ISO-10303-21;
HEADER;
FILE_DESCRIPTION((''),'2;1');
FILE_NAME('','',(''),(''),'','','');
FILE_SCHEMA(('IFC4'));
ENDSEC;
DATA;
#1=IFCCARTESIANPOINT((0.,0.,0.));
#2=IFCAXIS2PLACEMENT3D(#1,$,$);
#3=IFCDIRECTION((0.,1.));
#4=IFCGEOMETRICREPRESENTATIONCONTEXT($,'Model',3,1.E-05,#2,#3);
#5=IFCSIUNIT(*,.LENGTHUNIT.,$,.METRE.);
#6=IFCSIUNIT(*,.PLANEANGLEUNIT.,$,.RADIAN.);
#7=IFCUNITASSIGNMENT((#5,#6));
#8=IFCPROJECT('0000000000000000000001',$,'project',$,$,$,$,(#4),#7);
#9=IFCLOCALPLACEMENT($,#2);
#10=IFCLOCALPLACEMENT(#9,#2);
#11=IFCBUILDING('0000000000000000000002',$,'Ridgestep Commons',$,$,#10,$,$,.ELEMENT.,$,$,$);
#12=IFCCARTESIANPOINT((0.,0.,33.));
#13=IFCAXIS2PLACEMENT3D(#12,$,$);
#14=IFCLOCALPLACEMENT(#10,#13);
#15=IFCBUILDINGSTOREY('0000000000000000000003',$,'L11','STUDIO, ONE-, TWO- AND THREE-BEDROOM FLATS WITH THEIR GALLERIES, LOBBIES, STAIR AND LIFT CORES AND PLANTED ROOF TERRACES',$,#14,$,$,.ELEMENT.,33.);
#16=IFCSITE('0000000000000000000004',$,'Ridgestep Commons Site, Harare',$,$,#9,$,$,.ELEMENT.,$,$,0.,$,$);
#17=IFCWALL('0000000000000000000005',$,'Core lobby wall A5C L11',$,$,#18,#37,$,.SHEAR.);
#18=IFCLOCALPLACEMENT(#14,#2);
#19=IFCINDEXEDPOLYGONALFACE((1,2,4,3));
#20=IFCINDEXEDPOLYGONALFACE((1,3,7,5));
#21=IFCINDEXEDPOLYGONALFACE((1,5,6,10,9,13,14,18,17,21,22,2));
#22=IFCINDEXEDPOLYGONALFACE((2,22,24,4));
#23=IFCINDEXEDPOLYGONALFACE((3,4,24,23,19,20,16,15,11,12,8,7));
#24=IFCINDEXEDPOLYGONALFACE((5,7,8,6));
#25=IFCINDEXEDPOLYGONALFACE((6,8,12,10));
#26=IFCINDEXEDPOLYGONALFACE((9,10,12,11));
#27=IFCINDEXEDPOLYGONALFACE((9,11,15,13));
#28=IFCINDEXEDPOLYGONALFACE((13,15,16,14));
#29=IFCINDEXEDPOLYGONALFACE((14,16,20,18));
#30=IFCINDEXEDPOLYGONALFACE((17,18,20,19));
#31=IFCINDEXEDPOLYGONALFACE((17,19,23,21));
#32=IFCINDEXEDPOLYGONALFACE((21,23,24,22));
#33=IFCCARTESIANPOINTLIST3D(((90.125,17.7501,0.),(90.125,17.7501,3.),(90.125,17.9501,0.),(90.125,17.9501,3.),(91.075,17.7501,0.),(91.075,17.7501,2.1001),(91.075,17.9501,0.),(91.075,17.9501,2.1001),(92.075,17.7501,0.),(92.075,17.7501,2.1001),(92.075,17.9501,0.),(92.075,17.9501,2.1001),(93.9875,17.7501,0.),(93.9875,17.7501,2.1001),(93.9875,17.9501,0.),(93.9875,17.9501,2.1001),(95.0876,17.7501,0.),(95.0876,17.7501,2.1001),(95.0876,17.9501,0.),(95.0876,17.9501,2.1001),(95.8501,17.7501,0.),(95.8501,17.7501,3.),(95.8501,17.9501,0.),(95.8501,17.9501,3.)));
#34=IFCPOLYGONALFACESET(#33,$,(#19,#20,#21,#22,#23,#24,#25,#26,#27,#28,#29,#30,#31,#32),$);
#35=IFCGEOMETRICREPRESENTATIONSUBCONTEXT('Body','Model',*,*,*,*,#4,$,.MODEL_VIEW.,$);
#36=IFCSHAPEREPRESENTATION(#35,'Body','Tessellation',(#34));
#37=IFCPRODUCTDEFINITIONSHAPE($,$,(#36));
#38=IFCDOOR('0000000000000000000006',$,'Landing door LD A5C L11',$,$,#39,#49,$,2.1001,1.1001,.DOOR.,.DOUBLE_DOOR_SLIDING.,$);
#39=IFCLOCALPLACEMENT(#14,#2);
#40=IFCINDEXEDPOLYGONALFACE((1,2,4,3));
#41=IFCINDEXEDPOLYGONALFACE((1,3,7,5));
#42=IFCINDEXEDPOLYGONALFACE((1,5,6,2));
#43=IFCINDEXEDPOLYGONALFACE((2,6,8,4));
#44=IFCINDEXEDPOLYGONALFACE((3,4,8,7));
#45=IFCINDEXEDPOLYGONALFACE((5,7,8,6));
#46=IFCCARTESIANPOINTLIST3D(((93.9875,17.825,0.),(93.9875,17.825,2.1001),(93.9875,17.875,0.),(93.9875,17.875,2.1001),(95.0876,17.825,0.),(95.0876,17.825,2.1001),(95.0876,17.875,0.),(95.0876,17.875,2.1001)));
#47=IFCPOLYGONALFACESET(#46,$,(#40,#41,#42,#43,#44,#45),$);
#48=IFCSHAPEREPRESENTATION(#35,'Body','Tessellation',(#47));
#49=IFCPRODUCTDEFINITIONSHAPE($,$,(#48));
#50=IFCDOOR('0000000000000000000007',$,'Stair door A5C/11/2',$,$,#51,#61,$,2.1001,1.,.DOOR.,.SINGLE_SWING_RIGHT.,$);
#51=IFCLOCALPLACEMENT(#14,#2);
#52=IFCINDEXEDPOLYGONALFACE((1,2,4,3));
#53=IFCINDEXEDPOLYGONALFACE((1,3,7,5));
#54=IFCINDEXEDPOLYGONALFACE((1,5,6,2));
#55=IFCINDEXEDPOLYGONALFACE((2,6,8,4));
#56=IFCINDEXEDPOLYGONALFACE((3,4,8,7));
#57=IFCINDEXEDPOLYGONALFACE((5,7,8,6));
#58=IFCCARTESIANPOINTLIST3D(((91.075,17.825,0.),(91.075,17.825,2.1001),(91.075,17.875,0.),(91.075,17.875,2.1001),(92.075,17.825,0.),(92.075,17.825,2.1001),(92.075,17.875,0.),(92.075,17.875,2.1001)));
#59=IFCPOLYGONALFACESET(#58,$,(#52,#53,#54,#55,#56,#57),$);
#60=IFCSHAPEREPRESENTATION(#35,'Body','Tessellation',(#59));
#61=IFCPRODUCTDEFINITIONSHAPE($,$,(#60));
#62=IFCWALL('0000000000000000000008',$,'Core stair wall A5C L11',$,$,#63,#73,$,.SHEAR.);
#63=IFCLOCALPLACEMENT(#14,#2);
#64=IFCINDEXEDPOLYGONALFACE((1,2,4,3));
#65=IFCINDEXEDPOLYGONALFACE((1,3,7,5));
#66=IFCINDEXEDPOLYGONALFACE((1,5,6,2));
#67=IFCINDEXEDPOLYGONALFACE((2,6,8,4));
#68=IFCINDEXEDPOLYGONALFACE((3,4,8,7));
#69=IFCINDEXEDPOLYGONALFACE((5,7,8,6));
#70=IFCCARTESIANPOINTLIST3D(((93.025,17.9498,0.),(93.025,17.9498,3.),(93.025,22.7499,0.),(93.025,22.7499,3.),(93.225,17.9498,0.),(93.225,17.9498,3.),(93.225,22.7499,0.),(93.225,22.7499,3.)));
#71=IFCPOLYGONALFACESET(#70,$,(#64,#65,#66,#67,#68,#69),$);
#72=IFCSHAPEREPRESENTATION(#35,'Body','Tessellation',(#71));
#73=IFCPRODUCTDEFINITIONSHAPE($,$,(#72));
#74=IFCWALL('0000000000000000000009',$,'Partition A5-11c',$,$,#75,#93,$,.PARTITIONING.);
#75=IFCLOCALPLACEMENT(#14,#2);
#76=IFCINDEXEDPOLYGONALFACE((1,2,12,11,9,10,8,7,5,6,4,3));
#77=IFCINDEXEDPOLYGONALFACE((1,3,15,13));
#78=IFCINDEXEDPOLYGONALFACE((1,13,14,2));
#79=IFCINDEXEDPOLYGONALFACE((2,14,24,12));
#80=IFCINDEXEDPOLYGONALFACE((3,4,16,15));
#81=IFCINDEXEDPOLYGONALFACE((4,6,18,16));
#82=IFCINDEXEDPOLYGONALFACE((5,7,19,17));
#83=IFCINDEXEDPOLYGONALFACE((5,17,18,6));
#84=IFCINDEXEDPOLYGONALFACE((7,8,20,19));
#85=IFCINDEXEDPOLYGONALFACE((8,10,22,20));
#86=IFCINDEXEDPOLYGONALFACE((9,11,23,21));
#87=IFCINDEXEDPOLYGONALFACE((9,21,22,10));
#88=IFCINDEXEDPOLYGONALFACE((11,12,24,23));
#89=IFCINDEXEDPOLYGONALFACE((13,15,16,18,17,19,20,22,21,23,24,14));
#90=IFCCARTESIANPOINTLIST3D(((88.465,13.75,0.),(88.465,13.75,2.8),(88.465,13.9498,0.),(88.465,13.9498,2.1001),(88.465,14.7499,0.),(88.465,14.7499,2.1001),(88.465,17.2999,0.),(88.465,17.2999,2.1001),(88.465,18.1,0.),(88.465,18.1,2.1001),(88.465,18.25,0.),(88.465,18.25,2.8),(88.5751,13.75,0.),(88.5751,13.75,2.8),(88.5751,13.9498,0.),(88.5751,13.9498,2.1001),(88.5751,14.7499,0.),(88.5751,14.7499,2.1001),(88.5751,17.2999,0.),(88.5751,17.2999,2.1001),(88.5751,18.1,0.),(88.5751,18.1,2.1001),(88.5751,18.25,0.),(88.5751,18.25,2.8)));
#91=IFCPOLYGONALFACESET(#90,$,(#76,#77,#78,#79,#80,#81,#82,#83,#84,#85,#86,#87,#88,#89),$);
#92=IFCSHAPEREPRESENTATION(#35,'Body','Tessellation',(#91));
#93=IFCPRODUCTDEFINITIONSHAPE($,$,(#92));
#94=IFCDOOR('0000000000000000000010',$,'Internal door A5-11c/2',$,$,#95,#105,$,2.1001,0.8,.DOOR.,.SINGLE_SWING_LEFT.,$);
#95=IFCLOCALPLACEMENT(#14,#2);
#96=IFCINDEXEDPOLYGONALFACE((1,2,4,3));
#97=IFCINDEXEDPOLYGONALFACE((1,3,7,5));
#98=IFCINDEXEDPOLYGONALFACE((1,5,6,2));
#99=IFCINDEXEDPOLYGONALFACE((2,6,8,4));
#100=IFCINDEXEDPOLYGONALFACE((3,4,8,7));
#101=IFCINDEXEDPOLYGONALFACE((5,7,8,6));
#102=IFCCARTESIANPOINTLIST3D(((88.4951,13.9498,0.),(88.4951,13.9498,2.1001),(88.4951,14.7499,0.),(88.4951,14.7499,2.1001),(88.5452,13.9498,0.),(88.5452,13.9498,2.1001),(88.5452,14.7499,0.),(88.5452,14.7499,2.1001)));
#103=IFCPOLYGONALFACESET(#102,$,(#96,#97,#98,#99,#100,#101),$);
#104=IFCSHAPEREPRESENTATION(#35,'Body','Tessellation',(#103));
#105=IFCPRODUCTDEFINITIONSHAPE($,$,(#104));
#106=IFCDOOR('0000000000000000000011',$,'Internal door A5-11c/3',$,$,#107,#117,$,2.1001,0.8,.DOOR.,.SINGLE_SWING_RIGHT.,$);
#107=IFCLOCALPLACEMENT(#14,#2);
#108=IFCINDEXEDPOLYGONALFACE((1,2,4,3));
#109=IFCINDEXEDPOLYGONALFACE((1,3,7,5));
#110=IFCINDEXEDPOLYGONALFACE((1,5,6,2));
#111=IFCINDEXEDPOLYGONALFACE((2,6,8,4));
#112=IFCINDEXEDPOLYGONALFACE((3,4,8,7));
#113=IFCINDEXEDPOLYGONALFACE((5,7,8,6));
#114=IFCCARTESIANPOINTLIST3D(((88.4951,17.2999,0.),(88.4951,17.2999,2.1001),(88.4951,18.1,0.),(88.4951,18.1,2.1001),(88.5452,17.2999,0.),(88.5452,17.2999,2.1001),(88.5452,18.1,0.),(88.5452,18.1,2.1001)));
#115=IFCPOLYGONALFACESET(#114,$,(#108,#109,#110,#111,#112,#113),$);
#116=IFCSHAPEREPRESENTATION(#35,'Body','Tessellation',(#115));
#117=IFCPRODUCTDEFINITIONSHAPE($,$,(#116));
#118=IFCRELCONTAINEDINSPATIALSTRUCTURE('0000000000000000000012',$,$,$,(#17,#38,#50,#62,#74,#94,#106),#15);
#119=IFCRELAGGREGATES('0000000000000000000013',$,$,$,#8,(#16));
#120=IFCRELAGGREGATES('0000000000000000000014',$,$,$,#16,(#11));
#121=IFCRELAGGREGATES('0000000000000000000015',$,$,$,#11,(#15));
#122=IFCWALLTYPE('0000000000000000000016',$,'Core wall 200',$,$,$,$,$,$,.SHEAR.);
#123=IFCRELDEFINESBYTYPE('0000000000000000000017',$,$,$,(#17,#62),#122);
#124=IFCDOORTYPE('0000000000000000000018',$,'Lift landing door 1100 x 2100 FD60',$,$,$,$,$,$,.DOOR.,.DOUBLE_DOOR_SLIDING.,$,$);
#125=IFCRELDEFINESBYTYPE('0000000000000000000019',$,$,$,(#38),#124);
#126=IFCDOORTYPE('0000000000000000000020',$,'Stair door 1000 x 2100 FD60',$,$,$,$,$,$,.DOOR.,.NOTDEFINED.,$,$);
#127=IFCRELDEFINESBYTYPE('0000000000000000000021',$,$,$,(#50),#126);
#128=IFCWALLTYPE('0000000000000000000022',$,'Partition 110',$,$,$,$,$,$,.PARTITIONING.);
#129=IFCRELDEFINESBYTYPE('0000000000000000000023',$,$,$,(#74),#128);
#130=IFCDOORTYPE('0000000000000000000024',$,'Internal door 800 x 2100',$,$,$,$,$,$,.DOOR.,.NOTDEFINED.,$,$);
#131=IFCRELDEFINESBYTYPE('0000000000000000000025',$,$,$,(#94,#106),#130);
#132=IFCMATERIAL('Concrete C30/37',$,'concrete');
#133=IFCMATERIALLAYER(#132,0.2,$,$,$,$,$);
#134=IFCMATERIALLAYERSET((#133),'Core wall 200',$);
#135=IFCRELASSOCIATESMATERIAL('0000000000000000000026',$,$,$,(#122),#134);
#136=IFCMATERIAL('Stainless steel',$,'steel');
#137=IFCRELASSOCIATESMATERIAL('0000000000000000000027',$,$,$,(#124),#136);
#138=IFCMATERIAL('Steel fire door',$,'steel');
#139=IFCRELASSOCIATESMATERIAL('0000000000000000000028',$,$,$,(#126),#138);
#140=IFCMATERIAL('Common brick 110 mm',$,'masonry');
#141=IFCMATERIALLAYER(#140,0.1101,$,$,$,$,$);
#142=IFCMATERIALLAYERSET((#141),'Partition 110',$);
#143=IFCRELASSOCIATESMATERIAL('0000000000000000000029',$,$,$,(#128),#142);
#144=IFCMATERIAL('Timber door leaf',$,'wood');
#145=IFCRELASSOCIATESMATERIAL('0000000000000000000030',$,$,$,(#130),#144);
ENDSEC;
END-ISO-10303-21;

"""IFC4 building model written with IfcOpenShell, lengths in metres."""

from ifc_helpers import new_model, si_unit, direction, frame, frame_2d, origin, place, context, subcontext, project, spatial, rectangle, extrude, material, layer, layer_set, type_object, element, fill, save


model = new_model("IFC4")

# Units and contexts
model_context = context("Model", 3, precision=1e-05, world=origin(), true_north=direction((0.0, 1.0)))
body_context = subcontext(model_context, "Body", "Model", "MODEL_VIEW")
ifc_project = project(units=[si_unit("LENGTHUNIT", "METRE"), si_unit("PLANEANGLEUNIT", "RADIAN")], contexts=[model_context])

# Site, building, storey
site_placement = place(None, origin())
site = spatial("IfcSite", under=ifc_project, at=site_placement, Name="Ridgestep Commons Site, Harare", CompositionType="ELEMENT", RefElevation=0.0)
building_placement = place(site_placement, origin())
building = spatial("IfcBuilding", under=site, at=building_placement, Name="Ridgestep Commons", CompositionType="ELEMENT")
storey_placement = place(building_placement, frame((0.0, 0.0, 33.0)))
storey = spatial("IfcBuildingStorey", under=building, at=storey_placement, Name="L11", Description="STUDIO, ONE-, TWO- AND THREE-BEDROOM FLATS WITH THEIR GALLERIES, LOBBIES, STAIR AND LIFT CORES AND PLANTED ROOF TERRACES", CompositionType="ELEMENT", Elevation=33.0)

# Wall, openings, doors
ifc_material_1 = material(Name="Concrete C30/37", Category="concrete")
ifc_layer_1 = layer(ifc_material_1, 0.2)
ifc_layer_set_1 = layer_set([ifc_layer_1], Name="Core wall 200")
wall_type_1 = type_object("IfcWallType", Name="Core wall 200", PredefinedType="SHEAR", material=ifc_layer_set_1)
wall_1_placement = place(storey_placement, frame((90.125, 17.8501, 0.0), z_axis=(0.0, 0.0, 1.0), x_axis=(1.0, 0.0, 0.0)))
wall_1 = element("IfcWall", 1, at=wall_1_placement, inside=storey, type_object=wall_type_1, Name="Core lobby wall A5C L11", PredefinedType="SHEAR", context=body_context, shape_type="SweptSolid", body=[
    extrude(rectangle(XDim=5.7251, YDim=0.2, at=frame_2d((2.8625, 0.0))), origin(), (0.0, 0.0, 1.0), 3.0),
])
opening_1_placement = place(wall_1_placement, frame((0.95, 0.0, 0.0)))
opening_1 = element("IfcOpeningElement", 2, at=opening_1_placement, cuts=wall_1, PredefinedType="OPENING", context=body_context, shape_type="SweptSolid", body=[
    extrude(rectangle(XDim=1.0, YDim=2.1001, at=frame_2d((0.5, 1.05))), frame((0.0, 0.1099, 0.0), z_axis=(0.0, -1.0, 0.0), x_axis=(1.0, 0.0, 0.0)), (0.0, 0.0, 1.0), 0.22),
])
opening_2_placement = place(wall_1_placement, frame((3.8625, 0.0, 0.0)))
opening_2 = element("IfcOpeningElement", 3, at=opening_2_placement, cuts=wall_1, PredefinedType="OPENING", context=body_context, shape_type="SweptSolid", body=[
    extrude(rectangle(XDim=1.1001, YDim=2.1001, at=frame_2d((0.55, 1.05))), frame((0.0, 0.1099, 0.0), z_axis=(0.0, -1.0, 0.0), x_axis=(1.0, 0.0, 0.0)), (0.0, 0.0, 1.0), 0.22),
])
ifc_material_2 = material(Name="Stainless steel", Category="steel")
door_type_1 = type_object("IfcDoorType", Name="Lift landing door 1100 x 2100 FD60", OperationType="DOUBLE_DOOR_SLIDING", PredefinedType="DOOR", material=ifc_material_2)
door_1_placement = place(opening_2_placement, origin())
door_1 = element("IfcDoor", 4, at=door_1_placement, inside=storey, type_object=door_type_1, Name="Landing door LD A5C L11", OperationType="DOUBLE_DOOR_SLIDING", OverallHeight=2.1001, OverallWidth=1.1001, PredefinedType="DOOR", context=body_context, shape_type="SweptSolid", body=[
    extrude(rectangle(XDim=1.1001, YDim=2.1001, at=frame_2d((0.55, 1.05))), frame((0.0, 0.0249, 0.0), z_axis=(0.0, -1.0, 0.0), x_axis=(1.0, 0.0, 0.0)), (0.0, 0.0, 1.0), 0.05),
])
fill(opening_2, door_1)
ifc_material_3 = material(Name="Steel fire door", Category="steel")
door_type_2 = type_object("IfcDoorType", Name="Stair door 1000 x 2100 FD60", OperationType="NOTDEFINED", PredefinedType="DOOR", material=ifc_material_3)
door_2_placement = place(opening_1_placement, origin())
door_2 = element("IfcDoor", 5, at=door_2_placement, inside=storey, type_object=door_type_2, Name="Stair door A5C/11/2", OperationType="SINGLE_SWING_RIGHT", OverallHeight=2.1001, OverallWidth=1.0, PredefinedType="DOOR", context=body_context, shape_type="SweptSolid", body=[
    extrude(rectangle(XDim=1.0, YDim=2.1001, at=frame_2d((0.5, 1.05))), frame((0.0, 0.0249, 0.0), z_axis=(0.0, -1.0, 0.0), x_axis=(1.0, 0.0, 0.0)), (0.0, 0.0, 1.0), 0.05),
])
fill(opening_1, door_2)

# Wall
wall_2_placement = place(storey_placement, frame((93.125, 17.95, 0.0), z_axis=(0.0, 0.0, 1.0), x_axis=(0.0, 1.0, 0.0)))
element("IfcWall", 6, at=wall_2_placement, inside=storey, type_object=wall_type_1, Name="Core stair wall A5C L11", PredefinedType="SHEAR", context=body_context, shape_type="SweptSolid", body=[
    extrude(rectangle(XDim=4.8, YDim=0.2, at=frame_2d((2.3999, 0.0))), origin(), (0.0, 0.0, 1.0), 3.0),
])

# Wall, openings, doors
ifc_material_4 = material(Name="Common brick 110 mm", Category="masonry")
ifc_layer_2 = layer(ifc_material_4, 0.1101)
ifc_layer_set_2 = layer_set([ifc_layer_2], Name="Partition 110")
wall_type_2 = type_object("IfcWallType", Name="Partition 110", PredefinedType="PARTITIONING", material=ifc_layer_set_2)
wall_3_placement = place(storey_placement, frame((88.52, 13.75, 0.0), z_axis=(0.0, 0.0, 1.0), x_axis=(0.0, 1.0, 0.0)))
wall_3 = element("IfcWall", 7, at=wall_3_placement, inside=storey, type_object=wall_type_2, Name="Partition A5-11c", PredefinedType="PARTITIONING", context=body_context, shape_type="SweptSolid", body=[
    extrude(rectangle(XDim=4.5, YDim=0.1101, at=frame_2d((2.25, 0.0))), origin(), (0.0, 0.0, 1.0), 2.8),
])
opening_3_placement = place(wall_3_placement, frame((0.2, 0.0, 0.0)))
opening_3 = element("IfcOpeningElement", 8, at=opening_3_placement, cuts=wall_3, PredefinedType="OPENING", context=body_context, shape_type="SweptSolid", body=[
    extrude(rectangle(XDim=0.8, YDim=2.1001, at=frame_2d((0.3999, 1.05))), frame((0.0, 0.0649, 0.0), z_axis=(0.0, -1.0, 0.0), x_axis=(1.0, 0.0, 0.0)), (0.0, 0.0, 1.0), 0.1301),
])
opening_4_placement = place(wall_3_placement, frame((3.55, 0.0, 0.0)))
opening_4 = element("IfcOpeningElement", 9, at=opening_4_placement, cuts=wall_3, PredefinedType="OPENING", context=body_context, shape_type="SweptSolid", body=[
    extrude(rectangle(XDim=0.8, YDim=2.1001, at=frame_2d((0.3999, 1.05))), frame((0.0, 0.0649, 0.0), z_axis=(0.0, -1.0, 0.0), x_axis=(1.0, 0.0, 0.0)), (0.0, 0.0, 1.0), 0.1301),
])
ifc_material_5 = material(Name="Timber door leaf", Category="wood")
door_type_3 = type_object("IfcDoorType", Name="Internal door 800 x 2100", OperationType="NOTDEFINED", PredefinedType="DOOR", material=ifc_material_5)
door_3_placement = place(opening_3_placement, origin())
door_3 = element("IfcDoor", 10, at=door_3_placement, inside=storey, type_object=door_type_3, Name="Internal door A5-11c/2", OperationType="SINGLE_SWING_LEFT", OverallHeight=2.1001, OverallWidth=0.8, PredefinedType="DOOR", context=body_context, shape_type="SweptSolid", body=[
    extrude(rectangle(XDim=0.8, YDim=2.1001, at=frame_2d((0.3999, 1.05))), frame((0.0, 0.0249, 0.0), z_axis=(0.0, -1.0, 0.0), x_axis=(1.0, 0.0, 0.0)), (0.0, 0.0, 1.0), 0.05),
])
fill(opening_3, door_3)
door_4_placement = place(opening_4_placement, origin())
door_4 = element("IfcDoor", 11, at=door_4_placement, inside=storey, type_object=door_type_3, Name="Internal door A5-11c/3", OperationType="SINGLE_SWING_RIGHT", OverallHeight=2.1001, OverallWidth=0.8, PredefinedType="DOOR", context=body_context, shape_type="SweptSolid", body=[
    extrude(rectangle(XDim=0.8, YDim=2.1001, at=frame_2d((0.3999, 1.05))), frame((0.0, 0.0249, 0.0), z_axis=(0.0, -1.0, 0.0), x_axis=(1.0, 0.0, 0.0)), (0.0, 0.0, 1.0), 0.05),
])
fill(opening_4, door_4)

save(model, "model.ifc")
